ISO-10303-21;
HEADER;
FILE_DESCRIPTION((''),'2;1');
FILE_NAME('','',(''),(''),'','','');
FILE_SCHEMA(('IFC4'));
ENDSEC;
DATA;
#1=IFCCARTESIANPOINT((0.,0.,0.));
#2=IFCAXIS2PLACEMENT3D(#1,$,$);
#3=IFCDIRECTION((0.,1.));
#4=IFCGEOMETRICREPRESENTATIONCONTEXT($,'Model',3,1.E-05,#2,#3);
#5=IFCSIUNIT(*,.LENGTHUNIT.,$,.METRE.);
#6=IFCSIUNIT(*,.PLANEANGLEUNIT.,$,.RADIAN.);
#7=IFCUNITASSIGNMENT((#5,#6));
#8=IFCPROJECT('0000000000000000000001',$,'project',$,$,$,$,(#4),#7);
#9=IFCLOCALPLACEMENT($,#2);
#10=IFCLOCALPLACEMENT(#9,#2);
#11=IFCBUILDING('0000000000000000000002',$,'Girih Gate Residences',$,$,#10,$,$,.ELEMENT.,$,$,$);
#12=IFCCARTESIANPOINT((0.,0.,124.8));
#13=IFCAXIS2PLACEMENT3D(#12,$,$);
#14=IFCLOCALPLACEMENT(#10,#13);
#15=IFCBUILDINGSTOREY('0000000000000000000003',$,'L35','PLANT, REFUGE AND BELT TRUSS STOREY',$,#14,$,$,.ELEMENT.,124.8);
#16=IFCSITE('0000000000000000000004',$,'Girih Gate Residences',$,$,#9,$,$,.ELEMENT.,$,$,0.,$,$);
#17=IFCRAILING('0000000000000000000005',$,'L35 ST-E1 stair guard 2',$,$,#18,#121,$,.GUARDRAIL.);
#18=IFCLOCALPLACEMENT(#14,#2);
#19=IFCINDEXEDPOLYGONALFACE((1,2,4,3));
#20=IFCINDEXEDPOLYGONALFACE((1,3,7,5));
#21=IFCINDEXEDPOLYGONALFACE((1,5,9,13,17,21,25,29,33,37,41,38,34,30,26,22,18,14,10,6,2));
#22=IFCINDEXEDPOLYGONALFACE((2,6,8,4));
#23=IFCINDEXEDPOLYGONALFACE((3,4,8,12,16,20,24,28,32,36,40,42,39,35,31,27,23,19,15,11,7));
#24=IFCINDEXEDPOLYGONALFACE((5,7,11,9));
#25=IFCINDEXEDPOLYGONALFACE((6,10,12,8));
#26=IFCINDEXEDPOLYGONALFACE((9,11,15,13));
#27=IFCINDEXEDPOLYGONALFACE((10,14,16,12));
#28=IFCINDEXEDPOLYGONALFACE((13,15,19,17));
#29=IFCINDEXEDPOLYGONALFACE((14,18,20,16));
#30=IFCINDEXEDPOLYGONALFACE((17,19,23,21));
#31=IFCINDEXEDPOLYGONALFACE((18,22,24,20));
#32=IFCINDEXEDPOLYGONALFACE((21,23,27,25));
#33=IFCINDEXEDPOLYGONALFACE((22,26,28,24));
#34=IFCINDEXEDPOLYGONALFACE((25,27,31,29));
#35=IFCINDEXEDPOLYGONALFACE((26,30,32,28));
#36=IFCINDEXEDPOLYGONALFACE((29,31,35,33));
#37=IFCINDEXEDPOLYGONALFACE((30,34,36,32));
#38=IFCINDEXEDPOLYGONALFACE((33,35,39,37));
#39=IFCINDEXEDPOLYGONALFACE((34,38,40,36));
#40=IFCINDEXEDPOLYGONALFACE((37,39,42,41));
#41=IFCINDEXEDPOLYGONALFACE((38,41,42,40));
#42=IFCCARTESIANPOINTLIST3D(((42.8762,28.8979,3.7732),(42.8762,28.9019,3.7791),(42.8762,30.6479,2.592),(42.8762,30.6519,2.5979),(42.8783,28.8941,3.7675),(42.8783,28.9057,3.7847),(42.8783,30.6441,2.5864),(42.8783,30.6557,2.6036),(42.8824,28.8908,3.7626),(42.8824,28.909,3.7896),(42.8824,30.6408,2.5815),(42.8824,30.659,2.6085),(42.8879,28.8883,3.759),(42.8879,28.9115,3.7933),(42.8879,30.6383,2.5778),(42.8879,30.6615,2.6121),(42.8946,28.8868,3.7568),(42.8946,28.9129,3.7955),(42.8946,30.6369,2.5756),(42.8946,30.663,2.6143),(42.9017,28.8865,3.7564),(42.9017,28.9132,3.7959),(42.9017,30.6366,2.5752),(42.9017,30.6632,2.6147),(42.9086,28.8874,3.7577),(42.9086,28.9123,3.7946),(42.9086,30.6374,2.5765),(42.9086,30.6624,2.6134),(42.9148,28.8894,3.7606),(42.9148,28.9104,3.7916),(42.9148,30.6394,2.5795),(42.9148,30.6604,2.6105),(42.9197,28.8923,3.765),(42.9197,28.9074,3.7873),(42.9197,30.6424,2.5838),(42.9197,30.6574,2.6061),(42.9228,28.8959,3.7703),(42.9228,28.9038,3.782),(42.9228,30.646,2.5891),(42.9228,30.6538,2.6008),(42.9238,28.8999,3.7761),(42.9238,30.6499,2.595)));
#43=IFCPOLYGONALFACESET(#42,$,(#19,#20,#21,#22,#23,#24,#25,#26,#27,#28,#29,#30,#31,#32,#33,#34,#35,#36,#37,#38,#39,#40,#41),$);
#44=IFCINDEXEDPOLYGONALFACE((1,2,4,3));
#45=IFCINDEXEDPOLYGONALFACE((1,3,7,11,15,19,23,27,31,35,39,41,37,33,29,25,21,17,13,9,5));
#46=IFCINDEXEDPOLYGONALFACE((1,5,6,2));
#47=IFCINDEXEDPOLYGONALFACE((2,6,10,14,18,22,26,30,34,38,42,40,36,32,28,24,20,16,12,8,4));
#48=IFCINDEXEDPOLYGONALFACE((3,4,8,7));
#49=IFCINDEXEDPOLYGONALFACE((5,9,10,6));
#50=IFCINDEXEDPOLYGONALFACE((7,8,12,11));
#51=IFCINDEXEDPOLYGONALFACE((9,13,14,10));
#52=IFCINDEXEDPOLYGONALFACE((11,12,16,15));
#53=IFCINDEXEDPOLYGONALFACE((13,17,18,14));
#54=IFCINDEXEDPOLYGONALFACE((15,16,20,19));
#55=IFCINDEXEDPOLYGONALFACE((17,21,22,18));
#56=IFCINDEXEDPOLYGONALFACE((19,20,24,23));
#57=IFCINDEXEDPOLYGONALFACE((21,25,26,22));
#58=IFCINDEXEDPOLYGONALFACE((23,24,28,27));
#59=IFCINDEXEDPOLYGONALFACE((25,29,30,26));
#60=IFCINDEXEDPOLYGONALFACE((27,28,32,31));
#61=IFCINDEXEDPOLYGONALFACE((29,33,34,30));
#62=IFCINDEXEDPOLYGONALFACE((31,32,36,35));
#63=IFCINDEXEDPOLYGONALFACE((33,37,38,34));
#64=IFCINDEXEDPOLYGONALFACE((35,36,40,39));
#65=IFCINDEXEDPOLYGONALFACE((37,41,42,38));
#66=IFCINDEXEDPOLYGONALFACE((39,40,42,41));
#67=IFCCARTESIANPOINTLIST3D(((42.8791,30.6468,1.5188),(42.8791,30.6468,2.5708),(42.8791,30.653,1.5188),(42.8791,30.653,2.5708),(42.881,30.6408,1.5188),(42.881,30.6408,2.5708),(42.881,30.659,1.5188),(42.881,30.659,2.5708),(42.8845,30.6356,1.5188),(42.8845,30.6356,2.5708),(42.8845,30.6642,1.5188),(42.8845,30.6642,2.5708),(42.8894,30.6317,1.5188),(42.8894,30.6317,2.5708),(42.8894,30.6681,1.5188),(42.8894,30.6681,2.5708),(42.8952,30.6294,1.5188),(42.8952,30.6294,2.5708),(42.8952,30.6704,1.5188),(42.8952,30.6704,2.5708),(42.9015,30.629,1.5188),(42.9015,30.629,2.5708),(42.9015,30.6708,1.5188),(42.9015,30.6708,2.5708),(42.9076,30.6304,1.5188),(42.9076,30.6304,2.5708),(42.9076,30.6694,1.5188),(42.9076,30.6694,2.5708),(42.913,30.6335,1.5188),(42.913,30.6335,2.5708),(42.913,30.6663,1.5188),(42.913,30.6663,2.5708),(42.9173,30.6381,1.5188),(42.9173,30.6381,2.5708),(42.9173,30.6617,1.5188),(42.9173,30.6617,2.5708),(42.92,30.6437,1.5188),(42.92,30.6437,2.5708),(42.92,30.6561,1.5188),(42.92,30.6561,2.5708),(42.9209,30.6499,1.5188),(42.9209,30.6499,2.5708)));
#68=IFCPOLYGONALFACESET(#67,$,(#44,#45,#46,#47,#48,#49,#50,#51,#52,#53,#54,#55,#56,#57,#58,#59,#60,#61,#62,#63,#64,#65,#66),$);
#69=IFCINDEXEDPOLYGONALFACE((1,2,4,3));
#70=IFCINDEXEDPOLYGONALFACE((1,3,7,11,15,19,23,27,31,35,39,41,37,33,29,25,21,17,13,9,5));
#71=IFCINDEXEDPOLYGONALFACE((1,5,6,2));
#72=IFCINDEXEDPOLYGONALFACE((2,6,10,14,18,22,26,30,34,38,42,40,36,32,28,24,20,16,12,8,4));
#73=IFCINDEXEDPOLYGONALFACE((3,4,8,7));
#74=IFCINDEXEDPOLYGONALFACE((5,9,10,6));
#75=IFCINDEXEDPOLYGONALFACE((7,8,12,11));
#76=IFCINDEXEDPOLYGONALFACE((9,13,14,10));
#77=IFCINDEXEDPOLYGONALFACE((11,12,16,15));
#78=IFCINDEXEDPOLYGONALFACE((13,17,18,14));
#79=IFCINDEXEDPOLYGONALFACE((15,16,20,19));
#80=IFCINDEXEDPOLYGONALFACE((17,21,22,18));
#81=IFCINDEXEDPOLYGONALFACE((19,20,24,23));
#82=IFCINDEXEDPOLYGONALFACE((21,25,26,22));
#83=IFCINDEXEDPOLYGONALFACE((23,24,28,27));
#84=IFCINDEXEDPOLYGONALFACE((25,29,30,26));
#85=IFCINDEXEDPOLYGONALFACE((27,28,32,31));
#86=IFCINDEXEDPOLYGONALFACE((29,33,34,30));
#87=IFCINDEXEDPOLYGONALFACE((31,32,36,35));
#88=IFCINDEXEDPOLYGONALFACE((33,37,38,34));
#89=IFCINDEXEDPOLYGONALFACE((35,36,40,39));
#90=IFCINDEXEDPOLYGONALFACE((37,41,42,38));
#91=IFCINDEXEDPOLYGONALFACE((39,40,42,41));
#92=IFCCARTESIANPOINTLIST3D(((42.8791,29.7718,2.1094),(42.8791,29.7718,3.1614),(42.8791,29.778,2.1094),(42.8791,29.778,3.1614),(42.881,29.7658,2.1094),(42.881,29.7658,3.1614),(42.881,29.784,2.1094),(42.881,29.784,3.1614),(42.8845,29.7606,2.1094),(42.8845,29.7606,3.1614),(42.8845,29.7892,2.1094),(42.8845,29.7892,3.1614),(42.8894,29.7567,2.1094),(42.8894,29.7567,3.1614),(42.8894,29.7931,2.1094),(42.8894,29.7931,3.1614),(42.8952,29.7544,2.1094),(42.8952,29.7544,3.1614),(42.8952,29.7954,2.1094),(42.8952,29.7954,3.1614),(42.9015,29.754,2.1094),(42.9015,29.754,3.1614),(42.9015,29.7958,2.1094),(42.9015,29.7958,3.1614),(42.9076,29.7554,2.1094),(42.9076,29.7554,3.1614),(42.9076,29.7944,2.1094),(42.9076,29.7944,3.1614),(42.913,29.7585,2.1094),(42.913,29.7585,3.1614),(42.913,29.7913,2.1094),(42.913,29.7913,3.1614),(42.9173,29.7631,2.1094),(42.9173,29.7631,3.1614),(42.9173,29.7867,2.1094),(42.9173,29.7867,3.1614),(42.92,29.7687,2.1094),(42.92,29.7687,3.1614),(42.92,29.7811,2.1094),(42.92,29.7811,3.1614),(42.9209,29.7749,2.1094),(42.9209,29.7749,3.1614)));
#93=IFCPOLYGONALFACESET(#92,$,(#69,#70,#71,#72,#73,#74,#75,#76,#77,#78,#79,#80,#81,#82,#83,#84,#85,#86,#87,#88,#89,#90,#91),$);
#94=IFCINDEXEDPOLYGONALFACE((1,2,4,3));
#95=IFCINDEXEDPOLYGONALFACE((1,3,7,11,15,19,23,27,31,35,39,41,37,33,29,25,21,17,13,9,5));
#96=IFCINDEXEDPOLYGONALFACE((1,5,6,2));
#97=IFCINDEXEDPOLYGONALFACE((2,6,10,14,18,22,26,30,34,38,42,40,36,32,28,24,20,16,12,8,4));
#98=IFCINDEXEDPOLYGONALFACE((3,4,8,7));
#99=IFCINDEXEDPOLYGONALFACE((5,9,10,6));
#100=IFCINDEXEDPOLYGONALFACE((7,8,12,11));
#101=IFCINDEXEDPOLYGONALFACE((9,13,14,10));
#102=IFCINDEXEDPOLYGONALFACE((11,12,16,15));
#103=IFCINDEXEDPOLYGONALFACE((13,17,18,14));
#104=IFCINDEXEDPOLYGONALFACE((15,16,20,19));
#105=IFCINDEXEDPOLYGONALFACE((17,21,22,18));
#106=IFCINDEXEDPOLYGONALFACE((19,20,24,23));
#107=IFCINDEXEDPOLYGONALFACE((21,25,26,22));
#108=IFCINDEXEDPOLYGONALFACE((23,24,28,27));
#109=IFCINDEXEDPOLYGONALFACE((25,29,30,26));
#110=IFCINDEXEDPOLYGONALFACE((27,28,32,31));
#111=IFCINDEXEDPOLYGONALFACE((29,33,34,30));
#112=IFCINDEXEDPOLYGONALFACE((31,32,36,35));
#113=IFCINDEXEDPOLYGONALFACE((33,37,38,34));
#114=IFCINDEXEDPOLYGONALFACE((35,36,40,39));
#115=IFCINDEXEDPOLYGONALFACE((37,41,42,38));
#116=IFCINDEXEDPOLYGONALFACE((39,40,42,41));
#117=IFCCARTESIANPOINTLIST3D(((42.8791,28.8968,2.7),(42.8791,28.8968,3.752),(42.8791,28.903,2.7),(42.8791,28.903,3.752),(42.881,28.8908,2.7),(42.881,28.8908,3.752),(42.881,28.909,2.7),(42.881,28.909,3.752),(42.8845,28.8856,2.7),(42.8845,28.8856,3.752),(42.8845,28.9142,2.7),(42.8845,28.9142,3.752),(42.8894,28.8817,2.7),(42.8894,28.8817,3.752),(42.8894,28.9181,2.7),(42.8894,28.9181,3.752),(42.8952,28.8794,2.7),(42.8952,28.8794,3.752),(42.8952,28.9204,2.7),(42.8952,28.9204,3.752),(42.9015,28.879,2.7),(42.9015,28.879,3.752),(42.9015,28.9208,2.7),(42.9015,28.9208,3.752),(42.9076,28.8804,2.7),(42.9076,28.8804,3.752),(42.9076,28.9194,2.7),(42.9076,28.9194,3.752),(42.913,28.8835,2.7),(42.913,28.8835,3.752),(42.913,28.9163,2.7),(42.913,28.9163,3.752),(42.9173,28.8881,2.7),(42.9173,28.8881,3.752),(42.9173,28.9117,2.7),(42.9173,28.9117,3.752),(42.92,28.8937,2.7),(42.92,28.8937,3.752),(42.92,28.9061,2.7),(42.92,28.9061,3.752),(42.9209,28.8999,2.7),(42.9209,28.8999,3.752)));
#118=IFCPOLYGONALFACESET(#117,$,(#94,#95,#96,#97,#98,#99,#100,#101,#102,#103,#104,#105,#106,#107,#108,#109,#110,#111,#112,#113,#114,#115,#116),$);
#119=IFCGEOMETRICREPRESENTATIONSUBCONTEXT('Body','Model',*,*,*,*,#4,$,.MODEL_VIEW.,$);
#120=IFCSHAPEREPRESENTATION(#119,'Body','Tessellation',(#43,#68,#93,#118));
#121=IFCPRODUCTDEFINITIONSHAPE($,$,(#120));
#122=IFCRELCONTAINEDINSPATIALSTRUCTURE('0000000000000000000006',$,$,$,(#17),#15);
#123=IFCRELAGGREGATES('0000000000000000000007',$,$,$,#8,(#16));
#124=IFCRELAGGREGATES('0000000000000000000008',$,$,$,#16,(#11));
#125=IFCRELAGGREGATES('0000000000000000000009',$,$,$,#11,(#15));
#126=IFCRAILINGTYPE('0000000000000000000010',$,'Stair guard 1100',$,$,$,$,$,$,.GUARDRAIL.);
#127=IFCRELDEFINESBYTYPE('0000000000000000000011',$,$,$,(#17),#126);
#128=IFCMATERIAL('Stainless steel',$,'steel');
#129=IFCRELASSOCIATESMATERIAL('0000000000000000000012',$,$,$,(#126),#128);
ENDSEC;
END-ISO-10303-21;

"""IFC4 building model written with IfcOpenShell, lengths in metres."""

from ifc_helpers import new_model, si_unit, direction, frame, origin, origin_2d, place, context, subcontext, project, spatial, circle, extrude, material, type_object, element, save


model = new_model("IFC4")

# Units and contexts
model_context = context("Model", 3, precision=1e-05, world=origin(), true_north=direction((0.0, 1.0)))
body_context = subcontext(model_context, "Body", "Model", "MODEL_VIEW")
ifc_project = project(units=[si_unit("LENGTHUNIT", "METRE"), si_unit("PLANEANGLEUNIT", "RADIAN")], contexts=[model_context])

# Site, building, storey
site_placement = place(None, origin())
site = spatial("IfcSite", under=ifc_project, at=site_placement, Name="Girih Gate Residences", CompositionType="ELEMENT", RefElevation=0.0)
building_placement = place(site_placement, origin())
building = spatial("IfcBuilding", under=site, at=building_placement, Name="Girih Gate Residences", CompositionType="ELEMENT")
storey_placement = place(building_placement, frame((0.0, 0.0, 124.8)))
storey = spatial("IfcBuildingStorey", under=building, at=storey_placement, Name="L35", Description="PLANT, REFUGE AND BELT TRUSS STOREY", CompositionType="ELEMENT", Elevation=124.8)

# Railing
ifc_material_1 = material(Name="Stainless steel", Category="steel")
railing_type_1 = type_object("IfcRailingType", Name="Stair guard 1100", PredefinedType="GUARDRAIL", material=ifc_material_1)
railing_1_placement = place(storey_placement, frame((42.8999, 30.6499, 1.5188)))
element("IfcRailing", 1, at=railing_1_placement, inside=storey, type_object=railing_type_1, Name="L35 ST-E1 stair guard 2", PredefinedType="GUARDRAIL", context=body_context, shape_type="SweptSolid", body=[
    extrude(circle(Radius=0.0239, at=origin_2d()), frame((0.0, 0.0, 1.0762), z_axis=(0.0, -0.82887, 0.559441), x_axis=(1.0, 0.0, 0.0)), (0.0, 0.0, 1.0), 2.1113),
    extrude(circle(Radius=0.021, at=origin_2d()), origin(), (0.0, 0.0, 1.0), 1.052),
    extrude(circle(Radius=0.021, at=origin_2d()), frame((0.0, -0.875, 0.5906)), (0.0, 0.0, 1.0), 1.052),
    extrude(circle(Radius=0.021, at=origin_2d()), frame((0.0, -1.75, 1.1812)), (0.0, 0.0, 1.0), 1.052),
])

save(model, "model.ifc")
